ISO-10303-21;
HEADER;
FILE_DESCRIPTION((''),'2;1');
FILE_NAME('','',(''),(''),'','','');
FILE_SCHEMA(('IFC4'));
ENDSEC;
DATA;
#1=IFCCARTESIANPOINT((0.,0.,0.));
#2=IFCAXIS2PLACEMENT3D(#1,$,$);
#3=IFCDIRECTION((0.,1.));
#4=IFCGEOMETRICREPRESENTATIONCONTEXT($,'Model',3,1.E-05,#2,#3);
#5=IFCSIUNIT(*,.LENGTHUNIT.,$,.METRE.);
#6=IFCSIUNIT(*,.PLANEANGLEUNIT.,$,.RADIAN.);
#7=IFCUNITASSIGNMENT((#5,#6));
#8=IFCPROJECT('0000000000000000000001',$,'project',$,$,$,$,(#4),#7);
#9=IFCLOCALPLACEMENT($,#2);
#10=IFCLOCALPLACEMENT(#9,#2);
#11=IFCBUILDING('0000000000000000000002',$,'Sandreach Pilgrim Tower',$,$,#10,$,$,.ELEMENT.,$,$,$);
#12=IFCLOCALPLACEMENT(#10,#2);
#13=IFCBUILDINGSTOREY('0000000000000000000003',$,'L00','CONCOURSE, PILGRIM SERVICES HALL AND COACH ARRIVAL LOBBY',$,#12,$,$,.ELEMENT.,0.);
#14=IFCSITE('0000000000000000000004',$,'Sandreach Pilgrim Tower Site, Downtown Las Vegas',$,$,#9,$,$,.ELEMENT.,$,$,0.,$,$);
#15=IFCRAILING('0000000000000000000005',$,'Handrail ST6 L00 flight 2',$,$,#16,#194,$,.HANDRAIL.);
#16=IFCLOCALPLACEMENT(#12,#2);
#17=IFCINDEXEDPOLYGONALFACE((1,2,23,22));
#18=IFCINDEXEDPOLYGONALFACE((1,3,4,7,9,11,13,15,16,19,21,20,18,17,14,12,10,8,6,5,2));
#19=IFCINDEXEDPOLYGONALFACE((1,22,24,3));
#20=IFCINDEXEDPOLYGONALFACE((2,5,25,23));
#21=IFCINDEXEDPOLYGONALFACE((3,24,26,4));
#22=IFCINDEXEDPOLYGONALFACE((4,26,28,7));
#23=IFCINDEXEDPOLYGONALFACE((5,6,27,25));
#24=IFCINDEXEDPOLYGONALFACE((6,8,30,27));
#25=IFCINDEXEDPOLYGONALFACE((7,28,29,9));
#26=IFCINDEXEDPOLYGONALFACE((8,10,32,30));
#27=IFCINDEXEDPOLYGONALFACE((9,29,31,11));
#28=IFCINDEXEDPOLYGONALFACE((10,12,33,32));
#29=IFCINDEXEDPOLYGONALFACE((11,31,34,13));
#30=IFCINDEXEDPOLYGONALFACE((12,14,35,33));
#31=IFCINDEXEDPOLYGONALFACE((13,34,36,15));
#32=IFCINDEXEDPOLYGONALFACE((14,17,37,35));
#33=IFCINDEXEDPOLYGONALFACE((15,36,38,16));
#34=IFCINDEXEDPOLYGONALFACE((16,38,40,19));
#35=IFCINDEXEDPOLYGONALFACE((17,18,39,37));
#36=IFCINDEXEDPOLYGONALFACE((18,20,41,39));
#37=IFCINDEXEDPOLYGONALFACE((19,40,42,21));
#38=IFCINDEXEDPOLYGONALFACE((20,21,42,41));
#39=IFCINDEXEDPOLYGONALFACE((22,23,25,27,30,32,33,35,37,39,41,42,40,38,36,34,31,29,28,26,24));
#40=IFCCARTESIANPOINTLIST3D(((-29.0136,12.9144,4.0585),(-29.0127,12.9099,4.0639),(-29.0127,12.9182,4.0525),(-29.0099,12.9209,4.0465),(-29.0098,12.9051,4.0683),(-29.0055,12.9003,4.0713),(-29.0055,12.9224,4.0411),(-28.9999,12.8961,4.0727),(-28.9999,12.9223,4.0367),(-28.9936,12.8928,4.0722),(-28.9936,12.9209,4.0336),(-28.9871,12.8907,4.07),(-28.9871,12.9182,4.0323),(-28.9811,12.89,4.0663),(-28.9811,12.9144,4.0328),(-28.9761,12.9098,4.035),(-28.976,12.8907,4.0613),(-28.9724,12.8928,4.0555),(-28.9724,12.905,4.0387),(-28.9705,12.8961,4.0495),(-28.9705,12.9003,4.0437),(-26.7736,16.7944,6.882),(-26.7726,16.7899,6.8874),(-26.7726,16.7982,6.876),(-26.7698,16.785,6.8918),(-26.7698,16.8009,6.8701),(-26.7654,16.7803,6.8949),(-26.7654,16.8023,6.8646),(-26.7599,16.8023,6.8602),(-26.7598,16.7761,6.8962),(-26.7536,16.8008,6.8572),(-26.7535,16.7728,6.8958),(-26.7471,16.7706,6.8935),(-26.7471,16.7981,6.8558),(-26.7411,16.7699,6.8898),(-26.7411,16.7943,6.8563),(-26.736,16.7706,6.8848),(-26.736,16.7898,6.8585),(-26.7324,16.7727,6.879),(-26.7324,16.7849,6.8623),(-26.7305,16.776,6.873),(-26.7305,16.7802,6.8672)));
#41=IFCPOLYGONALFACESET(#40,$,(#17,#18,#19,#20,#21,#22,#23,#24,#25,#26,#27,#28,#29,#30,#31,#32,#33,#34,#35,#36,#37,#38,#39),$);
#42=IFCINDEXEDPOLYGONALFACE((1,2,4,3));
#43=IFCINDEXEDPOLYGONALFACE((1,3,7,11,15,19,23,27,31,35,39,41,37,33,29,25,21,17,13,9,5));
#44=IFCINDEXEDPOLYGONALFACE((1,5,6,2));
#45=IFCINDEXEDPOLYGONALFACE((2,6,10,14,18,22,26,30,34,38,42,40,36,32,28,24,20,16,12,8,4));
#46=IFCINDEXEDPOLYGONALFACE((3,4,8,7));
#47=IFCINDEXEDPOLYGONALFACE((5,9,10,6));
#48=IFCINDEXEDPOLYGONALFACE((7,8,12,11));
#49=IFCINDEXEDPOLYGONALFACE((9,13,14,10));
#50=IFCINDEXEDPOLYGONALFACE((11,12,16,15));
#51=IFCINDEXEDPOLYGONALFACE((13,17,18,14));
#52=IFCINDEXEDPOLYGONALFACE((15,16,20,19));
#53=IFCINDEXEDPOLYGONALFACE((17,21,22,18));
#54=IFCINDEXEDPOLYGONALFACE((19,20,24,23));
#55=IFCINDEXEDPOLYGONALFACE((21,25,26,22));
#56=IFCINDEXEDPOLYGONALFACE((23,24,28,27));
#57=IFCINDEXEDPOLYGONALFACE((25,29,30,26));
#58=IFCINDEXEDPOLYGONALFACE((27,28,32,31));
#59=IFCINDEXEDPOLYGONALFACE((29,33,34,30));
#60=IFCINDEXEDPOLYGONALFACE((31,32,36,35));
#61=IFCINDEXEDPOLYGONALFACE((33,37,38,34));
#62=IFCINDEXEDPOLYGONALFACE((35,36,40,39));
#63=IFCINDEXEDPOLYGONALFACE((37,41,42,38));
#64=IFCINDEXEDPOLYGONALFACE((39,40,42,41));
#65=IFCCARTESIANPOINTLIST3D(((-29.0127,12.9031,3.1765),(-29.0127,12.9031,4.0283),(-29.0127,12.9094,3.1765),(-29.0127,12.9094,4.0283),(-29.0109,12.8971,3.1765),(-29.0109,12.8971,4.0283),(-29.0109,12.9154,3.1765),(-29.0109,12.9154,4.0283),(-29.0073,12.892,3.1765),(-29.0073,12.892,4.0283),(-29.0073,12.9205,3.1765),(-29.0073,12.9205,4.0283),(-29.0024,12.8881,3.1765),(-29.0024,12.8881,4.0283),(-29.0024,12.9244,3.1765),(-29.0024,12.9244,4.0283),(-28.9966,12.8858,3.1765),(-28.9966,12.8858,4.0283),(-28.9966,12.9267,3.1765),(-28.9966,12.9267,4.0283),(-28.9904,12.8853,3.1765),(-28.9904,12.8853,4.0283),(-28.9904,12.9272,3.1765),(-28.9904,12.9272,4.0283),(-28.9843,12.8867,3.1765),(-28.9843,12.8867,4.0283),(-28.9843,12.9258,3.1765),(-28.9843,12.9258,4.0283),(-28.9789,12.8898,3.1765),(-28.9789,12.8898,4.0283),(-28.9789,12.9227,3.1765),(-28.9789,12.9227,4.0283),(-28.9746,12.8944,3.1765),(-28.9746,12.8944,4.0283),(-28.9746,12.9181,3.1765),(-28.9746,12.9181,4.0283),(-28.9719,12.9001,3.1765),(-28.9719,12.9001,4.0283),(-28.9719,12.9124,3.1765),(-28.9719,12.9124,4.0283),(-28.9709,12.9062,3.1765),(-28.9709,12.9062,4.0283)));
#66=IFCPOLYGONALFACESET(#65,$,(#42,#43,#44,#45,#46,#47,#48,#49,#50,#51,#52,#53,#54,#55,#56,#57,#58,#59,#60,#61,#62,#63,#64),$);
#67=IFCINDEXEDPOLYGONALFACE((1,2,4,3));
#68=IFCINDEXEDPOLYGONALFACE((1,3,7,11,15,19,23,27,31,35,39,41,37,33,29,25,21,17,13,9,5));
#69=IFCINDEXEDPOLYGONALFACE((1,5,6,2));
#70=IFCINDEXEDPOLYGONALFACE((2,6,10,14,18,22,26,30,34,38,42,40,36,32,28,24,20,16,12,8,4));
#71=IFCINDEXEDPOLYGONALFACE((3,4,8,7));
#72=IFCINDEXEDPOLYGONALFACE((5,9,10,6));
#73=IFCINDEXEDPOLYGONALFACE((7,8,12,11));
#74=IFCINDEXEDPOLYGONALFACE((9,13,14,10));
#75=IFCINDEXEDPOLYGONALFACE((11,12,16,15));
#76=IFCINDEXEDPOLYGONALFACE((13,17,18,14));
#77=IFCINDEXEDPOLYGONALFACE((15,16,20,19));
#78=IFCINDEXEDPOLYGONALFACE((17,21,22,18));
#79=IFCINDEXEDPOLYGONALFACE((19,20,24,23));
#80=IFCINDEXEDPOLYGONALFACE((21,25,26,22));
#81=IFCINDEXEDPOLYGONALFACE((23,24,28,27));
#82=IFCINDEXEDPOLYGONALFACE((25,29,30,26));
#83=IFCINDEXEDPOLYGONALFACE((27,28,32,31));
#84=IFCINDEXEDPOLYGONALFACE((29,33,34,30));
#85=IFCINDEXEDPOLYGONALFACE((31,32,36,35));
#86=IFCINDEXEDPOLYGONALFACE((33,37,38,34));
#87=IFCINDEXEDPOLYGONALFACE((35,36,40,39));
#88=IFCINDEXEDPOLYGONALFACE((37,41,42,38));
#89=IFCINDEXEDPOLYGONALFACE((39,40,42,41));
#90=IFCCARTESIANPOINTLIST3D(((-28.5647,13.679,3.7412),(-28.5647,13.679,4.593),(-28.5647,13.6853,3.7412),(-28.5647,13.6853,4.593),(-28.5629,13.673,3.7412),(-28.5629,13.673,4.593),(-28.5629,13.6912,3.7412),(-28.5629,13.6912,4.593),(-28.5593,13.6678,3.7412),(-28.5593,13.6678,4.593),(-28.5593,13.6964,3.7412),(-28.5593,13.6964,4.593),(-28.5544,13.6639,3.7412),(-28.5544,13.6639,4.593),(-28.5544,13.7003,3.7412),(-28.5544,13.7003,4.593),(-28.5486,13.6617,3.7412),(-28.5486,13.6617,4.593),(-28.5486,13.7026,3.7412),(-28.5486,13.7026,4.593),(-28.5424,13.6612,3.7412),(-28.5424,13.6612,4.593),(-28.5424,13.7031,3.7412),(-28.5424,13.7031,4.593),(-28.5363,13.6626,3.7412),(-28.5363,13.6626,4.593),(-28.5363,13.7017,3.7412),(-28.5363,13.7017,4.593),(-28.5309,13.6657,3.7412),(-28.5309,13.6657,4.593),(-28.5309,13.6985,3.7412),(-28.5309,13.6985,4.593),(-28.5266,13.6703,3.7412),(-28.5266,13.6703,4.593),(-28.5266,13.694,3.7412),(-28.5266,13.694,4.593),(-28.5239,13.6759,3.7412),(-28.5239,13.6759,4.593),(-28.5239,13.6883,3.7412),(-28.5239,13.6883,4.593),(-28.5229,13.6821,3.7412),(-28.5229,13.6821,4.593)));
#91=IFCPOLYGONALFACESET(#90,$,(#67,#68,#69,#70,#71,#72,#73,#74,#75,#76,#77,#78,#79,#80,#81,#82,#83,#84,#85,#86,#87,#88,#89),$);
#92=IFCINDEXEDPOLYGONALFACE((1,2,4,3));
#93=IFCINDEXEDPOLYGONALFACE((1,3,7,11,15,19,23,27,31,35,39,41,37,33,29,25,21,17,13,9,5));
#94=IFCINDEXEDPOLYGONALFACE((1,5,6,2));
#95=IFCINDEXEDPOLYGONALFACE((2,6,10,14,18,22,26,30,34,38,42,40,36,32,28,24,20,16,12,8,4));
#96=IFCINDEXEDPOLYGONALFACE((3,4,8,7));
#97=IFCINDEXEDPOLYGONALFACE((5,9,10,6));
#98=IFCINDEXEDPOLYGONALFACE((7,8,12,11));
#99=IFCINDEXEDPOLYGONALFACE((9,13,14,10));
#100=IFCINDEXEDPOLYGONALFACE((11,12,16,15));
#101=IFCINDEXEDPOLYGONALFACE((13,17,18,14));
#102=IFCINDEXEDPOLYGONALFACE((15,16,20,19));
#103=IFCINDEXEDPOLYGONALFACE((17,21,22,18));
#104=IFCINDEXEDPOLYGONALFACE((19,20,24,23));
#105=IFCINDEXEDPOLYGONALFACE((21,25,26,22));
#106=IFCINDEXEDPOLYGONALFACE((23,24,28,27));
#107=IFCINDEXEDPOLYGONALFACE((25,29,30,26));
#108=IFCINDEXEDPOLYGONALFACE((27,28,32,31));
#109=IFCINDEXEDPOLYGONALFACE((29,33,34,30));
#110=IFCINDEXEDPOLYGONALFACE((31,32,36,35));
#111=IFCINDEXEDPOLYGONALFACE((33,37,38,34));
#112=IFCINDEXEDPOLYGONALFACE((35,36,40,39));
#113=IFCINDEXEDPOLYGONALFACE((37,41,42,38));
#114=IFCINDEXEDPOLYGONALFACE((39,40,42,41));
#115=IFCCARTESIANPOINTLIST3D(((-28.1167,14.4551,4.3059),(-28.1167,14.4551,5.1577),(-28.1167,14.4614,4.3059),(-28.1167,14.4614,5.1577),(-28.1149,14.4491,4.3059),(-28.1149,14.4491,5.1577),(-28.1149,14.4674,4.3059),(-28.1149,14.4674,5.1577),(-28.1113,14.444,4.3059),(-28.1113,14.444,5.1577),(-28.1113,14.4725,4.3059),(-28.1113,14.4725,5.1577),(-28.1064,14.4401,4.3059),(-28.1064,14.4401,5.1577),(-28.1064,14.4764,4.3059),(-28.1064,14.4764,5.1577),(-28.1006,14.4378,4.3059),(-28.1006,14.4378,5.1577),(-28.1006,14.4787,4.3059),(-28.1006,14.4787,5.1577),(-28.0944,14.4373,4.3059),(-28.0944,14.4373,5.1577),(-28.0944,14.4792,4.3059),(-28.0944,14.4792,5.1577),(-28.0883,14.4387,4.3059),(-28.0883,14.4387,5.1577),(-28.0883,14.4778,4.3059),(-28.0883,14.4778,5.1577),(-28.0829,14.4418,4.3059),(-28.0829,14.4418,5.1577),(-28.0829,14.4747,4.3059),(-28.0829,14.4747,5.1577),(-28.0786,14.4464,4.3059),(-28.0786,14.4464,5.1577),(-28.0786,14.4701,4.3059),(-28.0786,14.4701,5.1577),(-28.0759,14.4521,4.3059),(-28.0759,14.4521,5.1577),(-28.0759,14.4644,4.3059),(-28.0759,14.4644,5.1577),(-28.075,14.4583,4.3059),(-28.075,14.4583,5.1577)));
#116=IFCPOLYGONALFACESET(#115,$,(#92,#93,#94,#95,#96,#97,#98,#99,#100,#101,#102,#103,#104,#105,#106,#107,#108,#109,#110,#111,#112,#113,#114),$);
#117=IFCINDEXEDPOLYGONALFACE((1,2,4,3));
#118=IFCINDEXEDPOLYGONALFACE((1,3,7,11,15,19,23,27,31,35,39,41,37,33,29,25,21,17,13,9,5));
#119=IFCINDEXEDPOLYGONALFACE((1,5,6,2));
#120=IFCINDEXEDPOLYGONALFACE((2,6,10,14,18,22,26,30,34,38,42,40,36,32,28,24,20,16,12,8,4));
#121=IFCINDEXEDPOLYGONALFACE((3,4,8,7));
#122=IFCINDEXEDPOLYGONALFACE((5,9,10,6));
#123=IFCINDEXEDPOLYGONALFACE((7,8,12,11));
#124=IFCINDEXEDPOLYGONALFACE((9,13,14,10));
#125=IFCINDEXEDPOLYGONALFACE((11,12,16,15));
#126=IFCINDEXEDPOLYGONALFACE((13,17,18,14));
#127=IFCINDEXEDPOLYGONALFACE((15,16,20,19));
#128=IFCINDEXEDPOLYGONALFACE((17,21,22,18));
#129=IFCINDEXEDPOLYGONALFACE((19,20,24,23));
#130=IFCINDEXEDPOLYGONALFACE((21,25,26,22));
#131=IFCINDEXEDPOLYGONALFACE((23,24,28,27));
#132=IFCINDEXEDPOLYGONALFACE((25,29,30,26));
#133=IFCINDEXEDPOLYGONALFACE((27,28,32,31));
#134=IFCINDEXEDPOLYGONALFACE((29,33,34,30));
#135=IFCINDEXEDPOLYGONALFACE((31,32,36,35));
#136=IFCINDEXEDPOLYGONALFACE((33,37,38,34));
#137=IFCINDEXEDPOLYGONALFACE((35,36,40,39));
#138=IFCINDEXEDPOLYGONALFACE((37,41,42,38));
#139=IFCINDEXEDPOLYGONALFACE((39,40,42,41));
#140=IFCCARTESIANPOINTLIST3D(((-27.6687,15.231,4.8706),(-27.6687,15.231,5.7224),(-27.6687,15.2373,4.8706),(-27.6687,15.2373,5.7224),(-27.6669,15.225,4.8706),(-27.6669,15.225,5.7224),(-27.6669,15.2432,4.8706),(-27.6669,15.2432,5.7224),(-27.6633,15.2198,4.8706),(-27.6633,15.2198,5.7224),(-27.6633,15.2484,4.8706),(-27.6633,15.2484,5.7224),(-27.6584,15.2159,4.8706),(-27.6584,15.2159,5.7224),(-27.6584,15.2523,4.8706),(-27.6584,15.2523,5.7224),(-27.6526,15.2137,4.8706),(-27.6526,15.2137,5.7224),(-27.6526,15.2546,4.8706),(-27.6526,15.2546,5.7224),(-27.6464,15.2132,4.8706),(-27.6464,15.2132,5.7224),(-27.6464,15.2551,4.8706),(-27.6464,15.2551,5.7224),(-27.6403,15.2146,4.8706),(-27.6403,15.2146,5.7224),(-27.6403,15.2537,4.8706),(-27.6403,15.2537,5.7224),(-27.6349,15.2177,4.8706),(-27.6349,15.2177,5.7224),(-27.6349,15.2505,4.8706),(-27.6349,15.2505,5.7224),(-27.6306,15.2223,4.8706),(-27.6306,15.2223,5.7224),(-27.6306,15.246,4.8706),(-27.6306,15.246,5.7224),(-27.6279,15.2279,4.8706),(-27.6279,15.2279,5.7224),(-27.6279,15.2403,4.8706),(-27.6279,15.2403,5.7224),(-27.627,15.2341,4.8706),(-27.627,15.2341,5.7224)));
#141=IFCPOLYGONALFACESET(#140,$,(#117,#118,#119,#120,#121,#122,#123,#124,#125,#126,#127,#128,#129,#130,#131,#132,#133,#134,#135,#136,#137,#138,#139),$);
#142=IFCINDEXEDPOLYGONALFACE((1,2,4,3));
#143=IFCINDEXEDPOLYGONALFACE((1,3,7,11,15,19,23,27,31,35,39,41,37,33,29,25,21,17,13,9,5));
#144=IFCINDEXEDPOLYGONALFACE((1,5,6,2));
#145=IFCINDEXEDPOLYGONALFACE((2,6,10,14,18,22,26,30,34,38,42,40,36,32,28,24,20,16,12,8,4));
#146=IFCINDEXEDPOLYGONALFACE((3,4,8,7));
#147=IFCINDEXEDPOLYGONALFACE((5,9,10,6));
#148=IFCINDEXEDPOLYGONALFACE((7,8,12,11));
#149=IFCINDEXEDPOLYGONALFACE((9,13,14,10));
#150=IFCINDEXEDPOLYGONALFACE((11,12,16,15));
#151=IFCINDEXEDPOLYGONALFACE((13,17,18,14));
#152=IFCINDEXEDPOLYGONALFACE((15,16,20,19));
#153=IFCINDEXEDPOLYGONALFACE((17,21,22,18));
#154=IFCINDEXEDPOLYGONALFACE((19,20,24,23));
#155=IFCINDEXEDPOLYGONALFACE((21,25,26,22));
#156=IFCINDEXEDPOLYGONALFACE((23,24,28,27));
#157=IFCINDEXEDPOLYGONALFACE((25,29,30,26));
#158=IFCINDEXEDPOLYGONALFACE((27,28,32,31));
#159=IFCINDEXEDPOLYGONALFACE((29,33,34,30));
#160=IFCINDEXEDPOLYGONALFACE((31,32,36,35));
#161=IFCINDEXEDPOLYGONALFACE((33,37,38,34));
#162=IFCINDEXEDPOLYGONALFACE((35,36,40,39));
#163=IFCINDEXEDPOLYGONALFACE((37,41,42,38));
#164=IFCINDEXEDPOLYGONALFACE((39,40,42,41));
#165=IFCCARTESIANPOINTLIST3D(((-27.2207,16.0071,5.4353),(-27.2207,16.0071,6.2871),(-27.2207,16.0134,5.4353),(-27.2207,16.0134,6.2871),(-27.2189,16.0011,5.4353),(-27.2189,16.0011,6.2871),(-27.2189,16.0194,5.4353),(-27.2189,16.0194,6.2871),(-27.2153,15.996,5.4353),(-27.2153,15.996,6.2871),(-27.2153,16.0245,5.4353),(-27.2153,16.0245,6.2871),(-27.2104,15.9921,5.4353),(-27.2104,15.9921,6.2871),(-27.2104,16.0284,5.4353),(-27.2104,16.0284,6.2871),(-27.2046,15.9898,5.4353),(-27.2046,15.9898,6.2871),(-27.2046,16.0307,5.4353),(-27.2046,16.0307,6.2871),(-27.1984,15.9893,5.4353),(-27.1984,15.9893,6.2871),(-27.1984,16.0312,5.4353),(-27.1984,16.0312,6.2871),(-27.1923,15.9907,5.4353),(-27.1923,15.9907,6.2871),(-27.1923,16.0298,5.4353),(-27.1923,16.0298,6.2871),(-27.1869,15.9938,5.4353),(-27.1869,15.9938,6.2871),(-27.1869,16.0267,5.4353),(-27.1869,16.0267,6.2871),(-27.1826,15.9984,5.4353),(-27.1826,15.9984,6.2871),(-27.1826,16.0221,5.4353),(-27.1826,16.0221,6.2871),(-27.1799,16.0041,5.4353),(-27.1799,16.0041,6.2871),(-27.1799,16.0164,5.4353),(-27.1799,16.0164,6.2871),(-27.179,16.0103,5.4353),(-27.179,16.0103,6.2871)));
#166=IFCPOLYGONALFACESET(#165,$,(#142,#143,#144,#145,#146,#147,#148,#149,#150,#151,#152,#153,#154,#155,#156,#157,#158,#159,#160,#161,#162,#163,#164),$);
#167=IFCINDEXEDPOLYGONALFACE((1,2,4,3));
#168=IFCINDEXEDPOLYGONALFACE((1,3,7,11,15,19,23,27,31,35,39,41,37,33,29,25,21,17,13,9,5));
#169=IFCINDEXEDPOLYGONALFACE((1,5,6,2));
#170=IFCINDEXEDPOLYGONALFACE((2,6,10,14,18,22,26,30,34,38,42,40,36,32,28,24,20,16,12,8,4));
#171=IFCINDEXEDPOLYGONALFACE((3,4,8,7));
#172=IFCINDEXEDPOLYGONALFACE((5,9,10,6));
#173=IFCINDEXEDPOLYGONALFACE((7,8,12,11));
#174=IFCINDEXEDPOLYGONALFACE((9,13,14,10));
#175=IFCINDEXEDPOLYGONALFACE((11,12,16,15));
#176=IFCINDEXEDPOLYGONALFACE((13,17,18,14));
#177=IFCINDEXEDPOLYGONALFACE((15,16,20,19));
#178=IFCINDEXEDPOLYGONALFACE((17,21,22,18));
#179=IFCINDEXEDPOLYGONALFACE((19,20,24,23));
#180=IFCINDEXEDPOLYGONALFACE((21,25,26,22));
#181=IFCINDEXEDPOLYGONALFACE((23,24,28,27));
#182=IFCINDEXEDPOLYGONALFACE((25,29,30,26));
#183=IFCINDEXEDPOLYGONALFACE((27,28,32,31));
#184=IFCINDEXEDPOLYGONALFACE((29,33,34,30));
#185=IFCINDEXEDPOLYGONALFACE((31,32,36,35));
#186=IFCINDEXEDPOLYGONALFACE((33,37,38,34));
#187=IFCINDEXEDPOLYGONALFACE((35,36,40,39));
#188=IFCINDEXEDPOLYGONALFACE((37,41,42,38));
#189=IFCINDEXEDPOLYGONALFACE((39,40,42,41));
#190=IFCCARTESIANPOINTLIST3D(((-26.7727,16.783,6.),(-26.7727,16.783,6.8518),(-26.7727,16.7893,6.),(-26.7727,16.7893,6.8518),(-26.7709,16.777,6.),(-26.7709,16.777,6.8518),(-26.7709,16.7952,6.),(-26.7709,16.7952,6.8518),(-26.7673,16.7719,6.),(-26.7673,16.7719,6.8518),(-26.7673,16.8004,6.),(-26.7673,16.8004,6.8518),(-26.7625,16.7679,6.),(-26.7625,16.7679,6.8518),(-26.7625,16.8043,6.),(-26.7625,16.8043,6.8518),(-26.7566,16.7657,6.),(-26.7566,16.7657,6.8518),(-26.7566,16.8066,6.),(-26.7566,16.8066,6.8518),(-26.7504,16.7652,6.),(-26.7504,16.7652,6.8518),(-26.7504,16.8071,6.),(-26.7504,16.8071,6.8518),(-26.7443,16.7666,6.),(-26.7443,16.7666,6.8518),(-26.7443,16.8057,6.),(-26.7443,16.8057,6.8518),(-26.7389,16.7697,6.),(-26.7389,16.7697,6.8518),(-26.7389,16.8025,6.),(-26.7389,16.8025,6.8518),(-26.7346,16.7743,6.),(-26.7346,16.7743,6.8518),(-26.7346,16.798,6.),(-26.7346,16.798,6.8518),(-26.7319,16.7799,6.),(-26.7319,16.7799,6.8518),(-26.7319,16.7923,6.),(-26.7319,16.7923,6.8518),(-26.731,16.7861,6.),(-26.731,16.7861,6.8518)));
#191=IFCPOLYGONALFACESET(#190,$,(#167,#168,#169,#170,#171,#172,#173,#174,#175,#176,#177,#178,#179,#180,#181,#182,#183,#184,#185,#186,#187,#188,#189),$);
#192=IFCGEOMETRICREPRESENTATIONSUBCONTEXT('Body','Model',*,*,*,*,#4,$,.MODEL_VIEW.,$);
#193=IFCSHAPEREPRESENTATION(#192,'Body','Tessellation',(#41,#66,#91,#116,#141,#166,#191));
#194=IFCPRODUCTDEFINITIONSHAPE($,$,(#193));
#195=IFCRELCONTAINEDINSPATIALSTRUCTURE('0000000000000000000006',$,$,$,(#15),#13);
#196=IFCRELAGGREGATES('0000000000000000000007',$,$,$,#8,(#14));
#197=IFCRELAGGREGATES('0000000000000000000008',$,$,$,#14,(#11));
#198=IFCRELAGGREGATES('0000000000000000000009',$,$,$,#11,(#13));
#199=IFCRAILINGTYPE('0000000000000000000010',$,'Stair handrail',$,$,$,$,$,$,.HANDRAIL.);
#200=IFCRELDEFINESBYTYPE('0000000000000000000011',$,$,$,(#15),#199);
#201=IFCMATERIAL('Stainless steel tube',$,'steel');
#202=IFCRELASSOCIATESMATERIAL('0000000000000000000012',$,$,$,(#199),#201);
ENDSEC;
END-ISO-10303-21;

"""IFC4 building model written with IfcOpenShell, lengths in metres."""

from ifc_helpers import new_model, si_unit, direction, frame, origin, origin_2d, place, context, subcontext, project, spatial, circle, extrude, material, type_object, element, save


model = new_model("IFC4")

# Units and contexts
model_context = context("Model", 3, precision=1e-05, world=origin(), true_north=direction((0.0, 1.0)))
body_context = subcontext(model_context, "Body", "Model", "MODEL_VIEW")
ifc_project = project(units=[si_unit("LENGTHUNIT", "METRE"), si_unit("PLANEANGLEUNIT", "RADIAN")], contexts=[model_context])

# Site, building, storey
site_placement = place(None, origin())
site = spatial("IfcSite", under=ifc_project, at=site_placement, Name="Sandreach Pilgrim Tower Site, Downtown Las Vegas", CompositionType="ELEMENT", RefElevation=0.0)
building_placement = place(site_placement, origin())
building = spatial("IfcBuilding", under=site, at=building_placement, Name="Sandreach Pilgrim Tower", CompositionType="ELEMENT")
storey_placement = place(building_placement, origin())
storey = spatial("IfcBuildingStorey", under=building, at=storey_placement, Name="L00", Description="CONCOURSE, PILGRIM SERVICES HALL AND COACH ARRIVAL LOBBY", CompositionType="ELEMENT", Elevation=0.0)

# Railing
ifc_material_1 = material(Name="Stainless steel tube", Category="steel")
railing_type = type_object("IfcRailingType", Name="Stair handrail", PredefinedType="HANDRAIL", material=ifc_material_1)
railing_placement = place(storey_placement, frame((-28.9919, 12.9062, 3.1765)))
element("IfcRailing", 1, at=railing_placement, inside=storey, type_object=railing_type, Name="Handrail ST6 L00 flight 2", PredefinedType="HANDRAIL", context=body_context, shape_type="SweptSolid", body=[
    extrude(circle(Radius=0.0239, at=origin_2d()), frame((0.0, 0.0, 0.876), z_axis=(0.422993, 0.732665, 0.533178), x_axis=(-0.866031, 0.49999, 0.0)), (0.0, 0.0, 1.0), 5.2957),
    extrude(circle(Radius=0.021, at=origin_2d()), origin(), (0.0, 0.0, 1.0), 0.8518),
    extrude(circle(Radius=0.021, at=origin_2d()), frame((0.448, 0.7759, 0.5647)), (0.0, 0.0, 1.0), 0.8518),
    extrude(circle(Radius=0.021, at=origin_2d()), frame((0.896, 1.552, 1.1294)), (0.0, 0.0, 1.0), 0.8518),
    extrude(circle(Radius=0.021, at=origin_2d()), frame((1.344, 2.3279, 1.6941)), (0.0, 0.0, 1.0), 0.8518),
    extrude(circle(Radius=0.021, at=origin_2d()), frame((1.792, 3.104, 2.2588)), (0.0, 0.0, 1.0), 0.8518),
    extrude(circle(Radius=0.021, at=origin_2d()), frame((2.24, 3.8799, 2.8235)), (0.0, 0.0, 1.0), 0.8518),
])

save(model, "model.ifc")
